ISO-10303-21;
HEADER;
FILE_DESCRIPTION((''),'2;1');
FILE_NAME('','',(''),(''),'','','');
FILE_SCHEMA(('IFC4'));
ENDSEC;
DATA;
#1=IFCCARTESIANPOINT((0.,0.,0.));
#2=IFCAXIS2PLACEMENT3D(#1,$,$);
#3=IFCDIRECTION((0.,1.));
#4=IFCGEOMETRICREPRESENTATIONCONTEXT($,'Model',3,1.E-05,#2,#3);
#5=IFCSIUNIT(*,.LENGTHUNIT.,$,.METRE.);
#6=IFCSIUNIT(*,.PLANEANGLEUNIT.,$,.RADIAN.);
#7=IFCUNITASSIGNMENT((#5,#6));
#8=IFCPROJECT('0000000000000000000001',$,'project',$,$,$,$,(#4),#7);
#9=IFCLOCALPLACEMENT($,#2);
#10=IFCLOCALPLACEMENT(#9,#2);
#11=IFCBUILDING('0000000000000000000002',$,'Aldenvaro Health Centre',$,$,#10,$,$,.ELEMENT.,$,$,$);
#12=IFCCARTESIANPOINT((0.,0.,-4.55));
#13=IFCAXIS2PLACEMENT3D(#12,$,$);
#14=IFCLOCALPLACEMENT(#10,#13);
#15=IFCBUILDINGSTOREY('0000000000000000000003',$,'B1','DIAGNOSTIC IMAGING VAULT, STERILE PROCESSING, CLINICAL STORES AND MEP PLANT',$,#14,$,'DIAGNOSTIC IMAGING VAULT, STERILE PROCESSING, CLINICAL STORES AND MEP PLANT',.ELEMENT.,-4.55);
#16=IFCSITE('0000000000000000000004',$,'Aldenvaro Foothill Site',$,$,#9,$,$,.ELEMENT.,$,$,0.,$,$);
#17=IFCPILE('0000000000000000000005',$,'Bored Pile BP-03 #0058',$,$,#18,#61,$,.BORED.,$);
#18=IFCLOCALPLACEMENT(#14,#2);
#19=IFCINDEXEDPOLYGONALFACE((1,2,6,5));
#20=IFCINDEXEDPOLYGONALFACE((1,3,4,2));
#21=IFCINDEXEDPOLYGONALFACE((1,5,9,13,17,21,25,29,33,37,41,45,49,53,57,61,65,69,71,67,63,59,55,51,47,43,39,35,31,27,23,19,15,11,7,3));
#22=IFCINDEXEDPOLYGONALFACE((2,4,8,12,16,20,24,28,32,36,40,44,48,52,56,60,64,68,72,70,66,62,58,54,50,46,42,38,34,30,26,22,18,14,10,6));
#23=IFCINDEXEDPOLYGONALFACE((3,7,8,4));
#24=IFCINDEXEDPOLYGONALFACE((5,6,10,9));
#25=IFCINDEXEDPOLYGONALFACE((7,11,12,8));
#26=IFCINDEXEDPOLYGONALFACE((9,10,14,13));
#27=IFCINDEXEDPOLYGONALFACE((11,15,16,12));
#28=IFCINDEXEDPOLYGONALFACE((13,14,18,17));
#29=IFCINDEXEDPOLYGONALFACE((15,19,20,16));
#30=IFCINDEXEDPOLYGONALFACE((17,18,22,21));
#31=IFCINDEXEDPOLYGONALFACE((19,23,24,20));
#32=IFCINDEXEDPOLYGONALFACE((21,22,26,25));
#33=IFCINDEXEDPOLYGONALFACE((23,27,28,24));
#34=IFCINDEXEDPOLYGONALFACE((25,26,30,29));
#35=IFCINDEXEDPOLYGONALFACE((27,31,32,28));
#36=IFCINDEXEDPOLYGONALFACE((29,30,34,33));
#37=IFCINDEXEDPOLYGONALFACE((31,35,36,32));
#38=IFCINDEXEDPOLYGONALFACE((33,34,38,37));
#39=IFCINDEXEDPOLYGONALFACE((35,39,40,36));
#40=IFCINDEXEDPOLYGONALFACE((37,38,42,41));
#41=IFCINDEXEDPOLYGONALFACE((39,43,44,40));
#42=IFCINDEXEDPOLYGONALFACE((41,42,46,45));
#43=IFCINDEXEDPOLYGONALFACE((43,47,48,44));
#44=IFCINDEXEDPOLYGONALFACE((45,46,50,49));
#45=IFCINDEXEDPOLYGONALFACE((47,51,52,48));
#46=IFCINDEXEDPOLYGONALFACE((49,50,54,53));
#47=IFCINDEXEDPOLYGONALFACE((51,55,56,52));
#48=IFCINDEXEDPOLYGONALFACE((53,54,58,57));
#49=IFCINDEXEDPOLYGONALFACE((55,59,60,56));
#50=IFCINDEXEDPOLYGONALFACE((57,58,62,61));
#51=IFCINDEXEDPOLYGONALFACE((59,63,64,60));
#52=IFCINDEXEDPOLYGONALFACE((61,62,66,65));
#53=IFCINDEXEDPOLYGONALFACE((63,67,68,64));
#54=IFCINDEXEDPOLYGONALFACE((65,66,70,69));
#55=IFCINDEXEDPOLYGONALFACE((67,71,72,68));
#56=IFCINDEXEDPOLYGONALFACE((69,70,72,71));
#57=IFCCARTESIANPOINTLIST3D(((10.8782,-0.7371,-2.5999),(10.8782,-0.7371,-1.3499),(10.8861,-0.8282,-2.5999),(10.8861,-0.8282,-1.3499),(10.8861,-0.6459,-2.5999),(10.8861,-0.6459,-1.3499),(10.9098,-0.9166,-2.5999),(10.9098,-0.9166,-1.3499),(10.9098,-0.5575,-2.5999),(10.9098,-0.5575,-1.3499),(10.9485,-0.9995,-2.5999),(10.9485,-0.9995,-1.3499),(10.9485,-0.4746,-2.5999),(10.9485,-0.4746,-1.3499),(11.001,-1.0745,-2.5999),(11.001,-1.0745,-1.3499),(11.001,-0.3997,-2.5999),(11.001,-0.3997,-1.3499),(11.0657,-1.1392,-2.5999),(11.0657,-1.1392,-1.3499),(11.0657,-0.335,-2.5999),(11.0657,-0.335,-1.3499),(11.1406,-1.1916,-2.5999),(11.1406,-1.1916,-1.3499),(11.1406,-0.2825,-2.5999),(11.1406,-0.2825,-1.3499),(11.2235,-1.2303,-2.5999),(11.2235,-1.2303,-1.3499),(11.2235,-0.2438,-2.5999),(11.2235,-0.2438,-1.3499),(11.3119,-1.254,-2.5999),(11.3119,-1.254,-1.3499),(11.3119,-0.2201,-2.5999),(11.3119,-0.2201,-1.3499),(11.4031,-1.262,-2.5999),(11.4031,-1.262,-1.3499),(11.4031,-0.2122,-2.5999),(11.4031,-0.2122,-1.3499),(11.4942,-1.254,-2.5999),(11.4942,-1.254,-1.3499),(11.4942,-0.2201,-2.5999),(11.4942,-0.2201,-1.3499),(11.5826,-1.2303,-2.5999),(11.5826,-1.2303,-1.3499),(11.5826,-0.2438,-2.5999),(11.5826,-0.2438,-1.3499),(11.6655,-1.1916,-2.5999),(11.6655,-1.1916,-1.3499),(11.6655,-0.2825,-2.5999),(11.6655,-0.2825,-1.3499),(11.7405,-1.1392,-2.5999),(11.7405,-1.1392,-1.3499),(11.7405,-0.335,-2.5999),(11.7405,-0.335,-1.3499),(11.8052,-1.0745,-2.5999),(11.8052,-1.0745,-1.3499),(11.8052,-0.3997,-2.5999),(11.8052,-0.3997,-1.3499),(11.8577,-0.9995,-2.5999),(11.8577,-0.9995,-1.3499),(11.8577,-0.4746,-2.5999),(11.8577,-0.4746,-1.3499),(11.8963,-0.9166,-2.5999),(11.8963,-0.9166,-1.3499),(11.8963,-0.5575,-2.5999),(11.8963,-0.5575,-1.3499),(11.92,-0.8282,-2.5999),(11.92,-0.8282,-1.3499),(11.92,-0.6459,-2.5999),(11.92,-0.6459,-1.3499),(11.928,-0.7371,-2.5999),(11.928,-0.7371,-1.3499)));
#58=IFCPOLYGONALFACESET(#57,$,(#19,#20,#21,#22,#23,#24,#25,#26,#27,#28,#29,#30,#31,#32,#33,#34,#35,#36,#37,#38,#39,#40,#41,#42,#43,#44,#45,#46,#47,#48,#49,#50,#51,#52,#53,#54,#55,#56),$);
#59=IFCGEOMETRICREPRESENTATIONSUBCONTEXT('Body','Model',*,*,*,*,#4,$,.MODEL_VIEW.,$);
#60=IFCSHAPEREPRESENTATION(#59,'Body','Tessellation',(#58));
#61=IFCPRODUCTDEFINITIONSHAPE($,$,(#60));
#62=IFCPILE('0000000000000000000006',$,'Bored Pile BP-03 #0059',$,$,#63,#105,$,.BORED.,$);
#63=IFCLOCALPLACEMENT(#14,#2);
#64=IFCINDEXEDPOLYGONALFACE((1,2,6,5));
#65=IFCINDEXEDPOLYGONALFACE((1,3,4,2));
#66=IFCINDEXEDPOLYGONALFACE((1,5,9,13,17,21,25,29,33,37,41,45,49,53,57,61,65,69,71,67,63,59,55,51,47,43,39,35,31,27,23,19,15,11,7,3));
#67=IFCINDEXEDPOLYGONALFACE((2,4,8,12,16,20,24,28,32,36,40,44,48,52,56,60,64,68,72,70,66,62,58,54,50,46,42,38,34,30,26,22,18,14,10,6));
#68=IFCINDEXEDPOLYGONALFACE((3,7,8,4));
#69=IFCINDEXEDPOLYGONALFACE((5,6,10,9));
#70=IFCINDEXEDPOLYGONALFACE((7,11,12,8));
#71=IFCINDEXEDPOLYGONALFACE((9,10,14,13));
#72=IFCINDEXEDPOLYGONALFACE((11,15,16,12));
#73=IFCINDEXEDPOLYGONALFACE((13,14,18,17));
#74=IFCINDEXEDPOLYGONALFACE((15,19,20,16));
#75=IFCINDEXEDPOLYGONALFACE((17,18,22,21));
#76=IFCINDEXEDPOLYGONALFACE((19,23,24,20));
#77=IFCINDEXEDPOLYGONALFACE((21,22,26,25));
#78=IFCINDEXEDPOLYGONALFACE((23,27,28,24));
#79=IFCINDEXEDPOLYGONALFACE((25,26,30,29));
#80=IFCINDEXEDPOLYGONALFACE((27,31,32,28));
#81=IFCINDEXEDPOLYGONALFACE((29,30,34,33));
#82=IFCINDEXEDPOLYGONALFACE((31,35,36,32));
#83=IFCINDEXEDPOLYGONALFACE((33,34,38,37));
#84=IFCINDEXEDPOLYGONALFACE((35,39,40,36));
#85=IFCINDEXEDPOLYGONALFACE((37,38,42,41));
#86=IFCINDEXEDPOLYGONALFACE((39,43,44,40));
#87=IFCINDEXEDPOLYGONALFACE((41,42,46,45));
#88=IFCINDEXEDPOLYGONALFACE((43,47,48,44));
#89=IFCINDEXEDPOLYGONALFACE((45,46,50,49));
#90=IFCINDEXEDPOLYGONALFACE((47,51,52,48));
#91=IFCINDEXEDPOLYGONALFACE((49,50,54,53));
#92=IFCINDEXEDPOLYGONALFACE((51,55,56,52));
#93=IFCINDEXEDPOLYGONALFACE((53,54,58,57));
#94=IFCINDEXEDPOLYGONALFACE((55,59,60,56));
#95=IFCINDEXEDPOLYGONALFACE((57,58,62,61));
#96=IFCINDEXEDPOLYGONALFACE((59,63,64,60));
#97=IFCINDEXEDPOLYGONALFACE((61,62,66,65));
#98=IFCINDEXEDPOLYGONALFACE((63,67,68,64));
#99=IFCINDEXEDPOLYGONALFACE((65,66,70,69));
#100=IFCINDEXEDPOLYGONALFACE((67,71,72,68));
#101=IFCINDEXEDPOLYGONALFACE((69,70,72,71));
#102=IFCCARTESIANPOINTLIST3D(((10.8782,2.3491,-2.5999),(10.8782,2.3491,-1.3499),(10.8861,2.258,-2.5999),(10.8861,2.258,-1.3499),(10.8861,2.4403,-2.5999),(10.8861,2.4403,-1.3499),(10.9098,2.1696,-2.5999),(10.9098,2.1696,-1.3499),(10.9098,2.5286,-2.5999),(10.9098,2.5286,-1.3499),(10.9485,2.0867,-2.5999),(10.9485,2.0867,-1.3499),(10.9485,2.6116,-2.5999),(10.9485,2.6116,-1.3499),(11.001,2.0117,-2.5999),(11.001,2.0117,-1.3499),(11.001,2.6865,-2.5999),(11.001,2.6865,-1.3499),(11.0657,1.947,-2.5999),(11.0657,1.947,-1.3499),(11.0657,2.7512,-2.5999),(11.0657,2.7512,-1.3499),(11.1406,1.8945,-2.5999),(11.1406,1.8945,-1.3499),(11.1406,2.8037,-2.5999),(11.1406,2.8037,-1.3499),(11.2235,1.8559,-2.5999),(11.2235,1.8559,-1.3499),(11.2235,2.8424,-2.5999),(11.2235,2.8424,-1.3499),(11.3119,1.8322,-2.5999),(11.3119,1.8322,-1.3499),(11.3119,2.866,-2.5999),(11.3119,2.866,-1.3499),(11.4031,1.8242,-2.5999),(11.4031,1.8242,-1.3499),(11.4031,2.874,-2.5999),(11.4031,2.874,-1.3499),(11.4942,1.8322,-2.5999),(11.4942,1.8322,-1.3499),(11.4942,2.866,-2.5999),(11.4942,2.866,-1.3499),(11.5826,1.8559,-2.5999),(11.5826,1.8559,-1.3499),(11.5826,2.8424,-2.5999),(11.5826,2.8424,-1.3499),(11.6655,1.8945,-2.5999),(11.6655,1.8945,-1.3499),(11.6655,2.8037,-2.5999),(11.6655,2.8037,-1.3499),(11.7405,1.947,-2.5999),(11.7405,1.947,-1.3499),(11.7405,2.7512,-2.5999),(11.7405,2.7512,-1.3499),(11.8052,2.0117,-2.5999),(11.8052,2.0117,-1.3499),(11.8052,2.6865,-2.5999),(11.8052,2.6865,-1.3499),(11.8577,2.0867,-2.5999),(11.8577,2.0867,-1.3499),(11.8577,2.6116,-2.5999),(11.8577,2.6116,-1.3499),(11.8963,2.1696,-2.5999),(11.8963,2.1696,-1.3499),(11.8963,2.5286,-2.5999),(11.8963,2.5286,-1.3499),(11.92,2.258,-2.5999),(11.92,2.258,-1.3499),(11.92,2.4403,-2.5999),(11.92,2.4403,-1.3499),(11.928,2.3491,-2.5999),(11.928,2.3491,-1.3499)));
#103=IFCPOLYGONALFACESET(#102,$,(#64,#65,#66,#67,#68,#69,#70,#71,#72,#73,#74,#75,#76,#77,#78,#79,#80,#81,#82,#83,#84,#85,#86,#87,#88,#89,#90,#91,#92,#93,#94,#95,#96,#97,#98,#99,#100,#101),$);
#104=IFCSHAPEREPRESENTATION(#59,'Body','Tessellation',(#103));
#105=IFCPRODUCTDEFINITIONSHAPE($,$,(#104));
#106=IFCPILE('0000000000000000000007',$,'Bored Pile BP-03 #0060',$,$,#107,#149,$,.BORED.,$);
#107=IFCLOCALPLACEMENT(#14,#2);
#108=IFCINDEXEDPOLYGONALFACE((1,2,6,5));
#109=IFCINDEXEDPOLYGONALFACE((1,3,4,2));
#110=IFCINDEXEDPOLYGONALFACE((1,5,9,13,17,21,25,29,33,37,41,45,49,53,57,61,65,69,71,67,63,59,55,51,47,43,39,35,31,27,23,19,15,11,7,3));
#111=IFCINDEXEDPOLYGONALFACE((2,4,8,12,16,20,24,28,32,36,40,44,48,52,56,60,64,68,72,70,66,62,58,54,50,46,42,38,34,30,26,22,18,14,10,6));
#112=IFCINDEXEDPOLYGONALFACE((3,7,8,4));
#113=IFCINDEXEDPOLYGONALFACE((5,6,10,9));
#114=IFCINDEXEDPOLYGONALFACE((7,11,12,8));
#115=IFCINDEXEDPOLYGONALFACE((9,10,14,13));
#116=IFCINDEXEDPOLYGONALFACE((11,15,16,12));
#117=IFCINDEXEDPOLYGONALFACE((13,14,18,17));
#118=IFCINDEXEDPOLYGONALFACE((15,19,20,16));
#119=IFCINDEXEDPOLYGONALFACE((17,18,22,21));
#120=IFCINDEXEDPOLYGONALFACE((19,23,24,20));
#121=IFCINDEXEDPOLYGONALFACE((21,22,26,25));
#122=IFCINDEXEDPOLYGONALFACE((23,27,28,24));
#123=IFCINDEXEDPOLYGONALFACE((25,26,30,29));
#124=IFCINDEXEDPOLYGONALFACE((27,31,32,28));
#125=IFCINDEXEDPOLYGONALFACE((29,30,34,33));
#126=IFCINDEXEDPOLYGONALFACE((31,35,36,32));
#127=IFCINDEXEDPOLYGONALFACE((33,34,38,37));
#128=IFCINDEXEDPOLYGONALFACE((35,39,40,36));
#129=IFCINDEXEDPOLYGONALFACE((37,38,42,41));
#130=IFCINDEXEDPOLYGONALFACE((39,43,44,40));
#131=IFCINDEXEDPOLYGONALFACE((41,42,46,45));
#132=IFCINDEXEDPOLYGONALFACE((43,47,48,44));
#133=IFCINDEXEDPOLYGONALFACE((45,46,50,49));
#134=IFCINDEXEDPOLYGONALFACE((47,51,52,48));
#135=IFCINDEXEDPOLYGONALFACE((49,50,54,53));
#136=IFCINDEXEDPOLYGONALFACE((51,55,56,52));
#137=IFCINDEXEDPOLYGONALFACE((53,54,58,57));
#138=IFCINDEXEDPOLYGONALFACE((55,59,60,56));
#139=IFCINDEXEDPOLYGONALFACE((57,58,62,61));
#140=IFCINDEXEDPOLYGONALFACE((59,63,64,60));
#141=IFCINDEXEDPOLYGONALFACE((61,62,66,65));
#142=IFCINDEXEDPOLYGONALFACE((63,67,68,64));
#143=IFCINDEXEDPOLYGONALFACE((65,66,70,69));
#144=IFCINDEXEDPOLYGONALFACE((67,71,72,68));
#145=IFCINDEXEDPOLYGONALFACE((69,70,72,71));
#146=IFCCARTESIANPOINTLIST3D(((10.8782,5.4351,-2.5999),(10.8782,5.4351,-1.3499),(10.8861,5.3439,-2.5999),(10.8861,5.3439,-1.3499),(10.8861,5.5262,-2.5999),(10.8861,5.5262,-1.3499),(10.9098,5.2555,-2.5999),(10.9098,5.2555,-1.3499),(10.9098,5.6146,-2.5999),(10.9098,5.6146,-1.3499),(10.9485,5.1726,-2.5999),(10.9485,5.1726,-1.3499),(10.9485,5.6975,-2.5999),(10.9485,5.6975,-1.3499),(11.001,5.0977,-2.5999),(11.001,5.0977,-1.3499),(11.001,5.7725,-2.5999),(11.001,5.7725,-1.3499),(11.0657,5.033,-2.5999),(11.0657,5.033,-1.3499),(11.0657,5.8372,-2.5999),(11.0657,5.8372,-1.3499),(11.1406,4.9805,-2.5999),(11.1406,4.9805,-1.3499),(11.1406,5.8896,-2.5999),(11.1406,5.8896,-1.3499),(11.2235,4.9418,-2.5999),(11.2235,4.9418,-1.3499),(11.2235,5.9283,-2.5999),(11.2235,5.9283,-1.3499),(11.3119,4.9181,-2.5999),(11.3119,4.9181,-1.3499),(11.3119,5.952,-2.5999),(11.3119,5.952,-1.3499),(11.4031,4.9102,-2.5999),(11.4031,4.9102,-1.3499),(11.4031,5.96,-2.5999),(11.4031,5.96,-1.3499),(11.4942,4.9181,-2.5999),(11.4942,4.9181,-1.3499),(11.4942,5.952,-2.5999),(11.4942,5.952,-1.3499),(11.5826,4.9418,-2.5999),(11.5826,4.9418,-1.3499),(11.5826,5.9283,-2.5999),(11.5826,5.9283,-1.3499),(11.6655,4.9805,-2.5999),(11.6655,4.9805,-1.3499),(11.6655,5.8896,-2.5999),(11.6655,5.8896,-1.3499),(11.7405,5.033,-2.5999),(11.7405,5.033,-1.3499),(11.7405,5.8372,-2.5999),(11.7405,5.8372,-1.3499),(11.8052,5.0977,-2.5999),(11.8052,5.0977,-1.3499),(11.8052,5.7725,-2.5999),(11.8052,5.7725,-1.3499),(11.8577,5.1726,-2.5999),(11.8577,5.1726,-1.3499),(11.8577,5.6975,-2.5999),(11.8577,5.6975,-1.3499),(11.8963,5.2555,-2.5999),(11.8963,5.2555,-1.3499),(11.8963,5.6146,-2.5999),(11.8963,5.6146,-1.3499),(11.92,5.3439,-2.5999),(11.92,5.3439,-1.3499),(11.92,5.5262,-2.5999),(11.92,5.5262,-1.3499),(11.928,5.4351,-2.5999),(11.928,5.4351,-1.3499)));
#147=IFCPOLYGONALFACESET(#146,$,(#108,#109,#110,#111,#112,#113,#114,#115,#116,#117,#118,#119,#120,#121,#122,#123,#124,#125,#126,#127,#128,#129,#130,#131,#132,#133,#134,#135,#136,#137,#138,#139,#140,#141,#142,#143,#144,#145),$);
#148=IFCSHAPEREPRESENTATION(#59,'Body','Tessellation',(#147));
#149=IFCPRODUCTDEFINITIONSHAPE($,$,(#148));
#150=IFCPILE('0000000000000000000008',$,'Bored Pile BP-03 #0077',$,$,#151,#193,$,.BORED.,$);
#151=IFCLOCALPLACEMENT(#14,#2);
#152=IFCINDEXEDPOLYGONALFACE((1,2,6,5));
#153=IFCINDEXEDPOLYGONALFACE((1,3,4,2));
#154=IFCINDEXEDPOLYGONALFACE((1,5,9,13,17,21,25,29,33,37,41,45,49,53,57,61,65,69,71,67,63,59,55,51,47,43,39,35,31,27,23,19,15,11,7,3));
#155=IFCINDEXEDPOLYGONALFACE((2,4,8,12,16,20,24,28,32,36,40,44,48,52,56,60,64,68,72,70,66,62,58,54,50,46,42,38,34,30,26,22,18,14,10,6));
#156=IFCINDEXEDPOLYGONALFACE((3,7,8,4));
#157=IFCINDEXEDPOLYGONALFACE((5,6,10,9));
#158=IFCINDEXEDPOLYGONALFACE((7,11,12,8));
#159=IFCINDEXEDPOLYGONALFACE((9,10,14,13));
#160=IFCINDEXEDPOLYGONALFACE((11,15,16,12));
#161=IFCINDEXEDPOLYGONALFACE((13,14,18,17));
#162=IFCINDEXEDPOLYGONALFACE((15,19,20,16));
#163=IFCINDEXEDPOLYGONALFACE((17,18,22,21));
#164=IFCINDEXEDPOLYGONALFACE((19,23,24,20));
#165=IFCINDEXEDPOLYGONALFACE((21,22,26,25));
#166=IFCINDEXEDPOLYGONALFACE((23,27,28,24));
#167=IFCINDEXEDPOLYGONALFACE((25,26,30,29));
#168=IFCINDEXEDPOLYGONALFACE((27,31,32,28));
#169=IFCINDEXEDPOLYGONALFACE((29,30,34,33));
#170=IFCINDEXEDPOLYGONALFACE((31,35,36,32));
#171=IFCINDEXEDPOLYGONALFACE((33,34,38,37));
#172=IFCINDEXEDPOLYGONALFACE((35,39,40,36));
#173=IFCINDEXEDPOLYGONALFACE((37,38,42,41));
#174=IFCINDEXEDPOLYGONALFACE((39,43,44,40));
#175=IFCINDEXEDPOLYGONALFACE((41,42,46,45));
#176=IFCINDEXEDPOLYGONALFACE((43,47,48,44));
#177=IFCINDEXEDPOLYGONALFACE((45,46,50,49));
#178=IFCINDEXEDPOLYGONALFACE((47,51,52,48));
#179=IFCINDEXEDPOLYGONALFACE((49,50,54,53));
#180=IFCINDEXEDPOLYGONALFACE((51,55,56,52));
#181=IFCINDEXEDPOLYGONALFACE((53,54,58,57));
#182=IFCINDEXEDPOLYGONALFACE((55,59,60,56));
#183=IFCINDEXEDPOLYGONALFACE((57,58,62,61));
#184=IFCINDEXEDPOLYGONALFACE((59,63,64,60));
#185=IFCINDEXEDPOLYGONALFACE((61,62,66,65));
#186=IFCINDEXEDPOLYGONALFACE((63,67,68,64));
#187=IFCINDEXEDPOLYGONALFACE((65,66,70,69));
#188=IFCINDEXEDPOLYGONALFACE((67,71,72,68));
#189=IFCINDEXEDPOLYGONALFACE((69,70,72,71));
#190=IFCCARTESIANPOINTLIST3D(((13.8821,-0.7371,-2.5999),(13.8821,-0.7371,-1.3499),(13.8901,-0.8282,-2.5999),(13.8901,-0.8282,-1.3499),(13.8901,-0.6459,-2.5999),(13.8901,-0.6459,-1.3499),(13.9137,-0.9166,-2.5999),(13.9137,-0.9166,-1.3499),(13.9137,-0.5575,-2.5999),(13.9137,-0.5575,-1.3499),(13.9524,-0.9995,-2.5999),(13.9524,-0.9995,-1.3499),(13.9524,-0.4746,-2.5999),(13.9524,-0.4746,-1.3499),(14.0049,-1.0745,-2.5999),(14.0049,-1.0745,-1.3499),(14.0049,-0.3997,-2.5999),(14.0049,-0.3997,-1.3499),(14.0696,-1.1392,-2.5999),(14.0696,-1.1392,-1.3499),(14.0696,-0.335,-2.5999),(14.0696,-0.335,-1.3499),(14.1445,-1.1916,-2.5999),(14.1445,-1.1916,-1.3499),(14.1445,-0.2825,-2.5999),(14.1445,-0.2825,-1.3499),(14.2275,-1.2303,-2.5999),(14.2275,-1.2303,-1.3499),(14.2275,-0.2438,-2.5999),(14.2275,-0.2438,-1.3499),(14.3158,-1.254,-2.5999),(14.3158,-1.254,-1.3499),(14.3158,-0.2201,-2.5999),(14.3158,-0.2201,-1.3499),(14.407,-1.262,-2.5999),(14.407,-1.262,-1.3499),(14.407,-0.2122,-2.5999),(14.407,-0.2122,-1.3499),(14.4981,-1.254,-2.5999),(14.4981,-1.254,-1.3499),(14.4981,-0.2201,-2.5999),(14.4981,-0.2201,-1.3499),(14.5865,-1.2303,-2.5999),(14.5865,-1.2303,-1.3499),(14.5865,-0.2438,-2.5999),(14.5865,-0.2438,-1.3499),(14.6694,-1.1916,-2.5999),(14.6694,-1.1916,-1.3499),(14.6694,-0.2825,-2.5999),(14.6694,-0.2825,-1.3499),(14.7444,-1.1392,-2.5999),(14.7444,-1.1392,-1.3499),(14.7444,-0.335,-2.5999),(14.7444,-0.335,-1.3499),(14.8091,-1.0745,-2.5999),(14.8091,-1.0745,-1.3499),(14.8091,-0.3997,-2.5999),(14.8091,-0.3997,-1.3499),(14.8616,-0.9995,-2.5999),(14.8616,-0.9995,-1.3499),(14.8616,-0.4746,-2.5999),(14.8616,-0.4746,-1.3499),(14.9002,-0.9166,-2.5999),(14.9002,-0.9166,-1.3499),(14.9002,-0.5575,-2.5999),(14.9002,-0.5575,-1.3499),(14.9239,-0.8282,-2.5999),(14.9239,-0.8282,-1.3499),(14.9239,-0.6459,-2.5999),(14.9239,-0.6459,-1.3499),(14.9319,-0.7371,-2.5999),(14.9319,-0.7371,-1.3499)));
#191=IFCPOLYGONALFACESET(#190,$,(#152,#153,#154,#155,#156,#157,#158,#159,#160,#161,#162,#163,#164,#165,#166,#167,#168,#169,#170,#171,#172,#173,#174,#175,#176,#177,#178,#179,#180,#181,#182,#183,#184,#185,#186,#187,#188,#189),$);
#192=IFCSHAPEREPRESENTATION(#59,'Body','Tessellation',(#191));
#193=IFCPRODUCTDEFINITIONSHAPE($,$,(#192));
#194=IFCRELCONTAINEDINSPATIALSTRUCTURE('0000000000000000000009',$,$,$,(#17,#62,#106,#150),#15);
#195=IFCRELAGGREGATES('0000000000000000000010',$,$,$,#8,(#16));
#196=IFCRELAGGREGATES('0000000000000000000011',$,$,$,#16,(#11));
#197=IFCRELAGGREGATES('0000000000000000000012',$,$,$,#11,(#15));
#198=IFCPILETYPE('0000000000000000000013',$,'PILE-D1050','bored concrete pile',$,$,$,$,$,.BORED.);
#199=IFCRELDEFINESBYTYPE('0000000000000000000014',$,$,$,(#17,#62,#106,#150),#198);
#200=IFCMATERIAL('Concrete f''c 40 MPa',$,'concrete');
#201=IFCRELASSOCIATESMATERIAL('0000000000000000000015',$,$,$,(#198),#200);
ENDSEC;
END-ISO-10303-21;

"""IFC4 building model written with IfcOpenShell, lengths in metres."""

from ifc_helpers import new_model, si_unit, direction, frame, origin, origin_2d, place, context, subcontext, project, spatial, circle, extrude, material, material_profile, profile_set, type_object, element, save


model = new_model("IFC4")

# Units and contexts
model_context = context("Model", 3, precision=1e-05, world=origin(), true_north=direction((0.0, 1.0)))
body_context = subcontext(model_context, "Body", "Model", "MODEL_VIEW")
ifc_project = project(units=[si_unit("LENGTHUNIT", "METRE"), si_unit("PLANEANGLEUNIT", "RADIAN")], contexts=[model_context])

# Site, building, storey
site_placement = place(None, origin())
site = spatial("IfcSite", under=ifc_project, at=site_placement, Name="Aldenvaro Foothill Site", CompositionType="ELEMENT", RefElevation=0.0)
building_placement = place(site_placement, origin())
building = spatial("IfcBuilding", under=site, at=building_placement, Name="Aldenvaro Health Centre", CompositionType="ELEMENT")
storey_placement = place(building_placement, frame((0.0, 0.0, -4.55)))
storey = spatial("IfcBuildingStorey", under=building, at=storey_placement, Name="B1", Description="DIAGNOSTIC IMAGING VAULT, STERILE PROCESSING, CLINICAL STORES AND MEP PLANT", LongName="DIAGNOSTIC IMAGING VAULT, STERILE PROCESSING, CLINICAL STORES AND MEP PLANT", CompositionType="ELEMENT", Elevation=-4.55)

# Piles
ifc_material_1 = material(Name="Concrete f'c 40 MPa", Category="concrete")
ifc_material_profile_1 = material_profile(ifc_material_1, circle(Radius=0.5249, at=origin_2d()), Name="PILE D1050", Category="concrete")
ifc_profile_set_1 = profile_set([ifc_material_profile_1], Name="Concrete f'c 40 MPa")
pile_type = type_object("IfcPileType", Name="PILE-D1050", Description="bored concrete pile", PredefinedType="BORED", material=ifc_profile_set_1)
for number, where, z_axis, x_axis, name in (
    (1, (11.4031, -0.7371, -1.3499), (0.0, 0.0, -1.0), (1.0, 0.0, 0.0), "Bored Pile BP-03 #0058"),
    (2, (11.4031, 2.3491, -1.3499), (0.0, 0.0, -1.0), (1.0, 0.0, 0.0), "Bored Pile BP-03 #0059"),
    (3, (11.4031, 5.4351, -1.3499), (0.0, 0.0, -1.0), (1.0, 0.0, 0.0), "Bored Pile BP-03 #0060"),
    (4, (14.407, -0.7371, -1.3499), (0.0, 0.0, -1.0), (1.0, 0.0, 0.0), "Bored Pile BP-03 #0077"),
):
    element("IfcPile", number, at=place(storey_placement, frame(where, z_axis=z_axis, x_axis=x_axis)), inside=storey, type_object=pile_type, Name=name, PredefinedType="BORED", context=body_context, shape_type="SweptSolid", body=[
        extrude(circle(Radius=0.5249, at=origin_2d()), origin(), (0.0, 0.0, 1.0), 1.25),
    ])

save(model, "model.ifc")
